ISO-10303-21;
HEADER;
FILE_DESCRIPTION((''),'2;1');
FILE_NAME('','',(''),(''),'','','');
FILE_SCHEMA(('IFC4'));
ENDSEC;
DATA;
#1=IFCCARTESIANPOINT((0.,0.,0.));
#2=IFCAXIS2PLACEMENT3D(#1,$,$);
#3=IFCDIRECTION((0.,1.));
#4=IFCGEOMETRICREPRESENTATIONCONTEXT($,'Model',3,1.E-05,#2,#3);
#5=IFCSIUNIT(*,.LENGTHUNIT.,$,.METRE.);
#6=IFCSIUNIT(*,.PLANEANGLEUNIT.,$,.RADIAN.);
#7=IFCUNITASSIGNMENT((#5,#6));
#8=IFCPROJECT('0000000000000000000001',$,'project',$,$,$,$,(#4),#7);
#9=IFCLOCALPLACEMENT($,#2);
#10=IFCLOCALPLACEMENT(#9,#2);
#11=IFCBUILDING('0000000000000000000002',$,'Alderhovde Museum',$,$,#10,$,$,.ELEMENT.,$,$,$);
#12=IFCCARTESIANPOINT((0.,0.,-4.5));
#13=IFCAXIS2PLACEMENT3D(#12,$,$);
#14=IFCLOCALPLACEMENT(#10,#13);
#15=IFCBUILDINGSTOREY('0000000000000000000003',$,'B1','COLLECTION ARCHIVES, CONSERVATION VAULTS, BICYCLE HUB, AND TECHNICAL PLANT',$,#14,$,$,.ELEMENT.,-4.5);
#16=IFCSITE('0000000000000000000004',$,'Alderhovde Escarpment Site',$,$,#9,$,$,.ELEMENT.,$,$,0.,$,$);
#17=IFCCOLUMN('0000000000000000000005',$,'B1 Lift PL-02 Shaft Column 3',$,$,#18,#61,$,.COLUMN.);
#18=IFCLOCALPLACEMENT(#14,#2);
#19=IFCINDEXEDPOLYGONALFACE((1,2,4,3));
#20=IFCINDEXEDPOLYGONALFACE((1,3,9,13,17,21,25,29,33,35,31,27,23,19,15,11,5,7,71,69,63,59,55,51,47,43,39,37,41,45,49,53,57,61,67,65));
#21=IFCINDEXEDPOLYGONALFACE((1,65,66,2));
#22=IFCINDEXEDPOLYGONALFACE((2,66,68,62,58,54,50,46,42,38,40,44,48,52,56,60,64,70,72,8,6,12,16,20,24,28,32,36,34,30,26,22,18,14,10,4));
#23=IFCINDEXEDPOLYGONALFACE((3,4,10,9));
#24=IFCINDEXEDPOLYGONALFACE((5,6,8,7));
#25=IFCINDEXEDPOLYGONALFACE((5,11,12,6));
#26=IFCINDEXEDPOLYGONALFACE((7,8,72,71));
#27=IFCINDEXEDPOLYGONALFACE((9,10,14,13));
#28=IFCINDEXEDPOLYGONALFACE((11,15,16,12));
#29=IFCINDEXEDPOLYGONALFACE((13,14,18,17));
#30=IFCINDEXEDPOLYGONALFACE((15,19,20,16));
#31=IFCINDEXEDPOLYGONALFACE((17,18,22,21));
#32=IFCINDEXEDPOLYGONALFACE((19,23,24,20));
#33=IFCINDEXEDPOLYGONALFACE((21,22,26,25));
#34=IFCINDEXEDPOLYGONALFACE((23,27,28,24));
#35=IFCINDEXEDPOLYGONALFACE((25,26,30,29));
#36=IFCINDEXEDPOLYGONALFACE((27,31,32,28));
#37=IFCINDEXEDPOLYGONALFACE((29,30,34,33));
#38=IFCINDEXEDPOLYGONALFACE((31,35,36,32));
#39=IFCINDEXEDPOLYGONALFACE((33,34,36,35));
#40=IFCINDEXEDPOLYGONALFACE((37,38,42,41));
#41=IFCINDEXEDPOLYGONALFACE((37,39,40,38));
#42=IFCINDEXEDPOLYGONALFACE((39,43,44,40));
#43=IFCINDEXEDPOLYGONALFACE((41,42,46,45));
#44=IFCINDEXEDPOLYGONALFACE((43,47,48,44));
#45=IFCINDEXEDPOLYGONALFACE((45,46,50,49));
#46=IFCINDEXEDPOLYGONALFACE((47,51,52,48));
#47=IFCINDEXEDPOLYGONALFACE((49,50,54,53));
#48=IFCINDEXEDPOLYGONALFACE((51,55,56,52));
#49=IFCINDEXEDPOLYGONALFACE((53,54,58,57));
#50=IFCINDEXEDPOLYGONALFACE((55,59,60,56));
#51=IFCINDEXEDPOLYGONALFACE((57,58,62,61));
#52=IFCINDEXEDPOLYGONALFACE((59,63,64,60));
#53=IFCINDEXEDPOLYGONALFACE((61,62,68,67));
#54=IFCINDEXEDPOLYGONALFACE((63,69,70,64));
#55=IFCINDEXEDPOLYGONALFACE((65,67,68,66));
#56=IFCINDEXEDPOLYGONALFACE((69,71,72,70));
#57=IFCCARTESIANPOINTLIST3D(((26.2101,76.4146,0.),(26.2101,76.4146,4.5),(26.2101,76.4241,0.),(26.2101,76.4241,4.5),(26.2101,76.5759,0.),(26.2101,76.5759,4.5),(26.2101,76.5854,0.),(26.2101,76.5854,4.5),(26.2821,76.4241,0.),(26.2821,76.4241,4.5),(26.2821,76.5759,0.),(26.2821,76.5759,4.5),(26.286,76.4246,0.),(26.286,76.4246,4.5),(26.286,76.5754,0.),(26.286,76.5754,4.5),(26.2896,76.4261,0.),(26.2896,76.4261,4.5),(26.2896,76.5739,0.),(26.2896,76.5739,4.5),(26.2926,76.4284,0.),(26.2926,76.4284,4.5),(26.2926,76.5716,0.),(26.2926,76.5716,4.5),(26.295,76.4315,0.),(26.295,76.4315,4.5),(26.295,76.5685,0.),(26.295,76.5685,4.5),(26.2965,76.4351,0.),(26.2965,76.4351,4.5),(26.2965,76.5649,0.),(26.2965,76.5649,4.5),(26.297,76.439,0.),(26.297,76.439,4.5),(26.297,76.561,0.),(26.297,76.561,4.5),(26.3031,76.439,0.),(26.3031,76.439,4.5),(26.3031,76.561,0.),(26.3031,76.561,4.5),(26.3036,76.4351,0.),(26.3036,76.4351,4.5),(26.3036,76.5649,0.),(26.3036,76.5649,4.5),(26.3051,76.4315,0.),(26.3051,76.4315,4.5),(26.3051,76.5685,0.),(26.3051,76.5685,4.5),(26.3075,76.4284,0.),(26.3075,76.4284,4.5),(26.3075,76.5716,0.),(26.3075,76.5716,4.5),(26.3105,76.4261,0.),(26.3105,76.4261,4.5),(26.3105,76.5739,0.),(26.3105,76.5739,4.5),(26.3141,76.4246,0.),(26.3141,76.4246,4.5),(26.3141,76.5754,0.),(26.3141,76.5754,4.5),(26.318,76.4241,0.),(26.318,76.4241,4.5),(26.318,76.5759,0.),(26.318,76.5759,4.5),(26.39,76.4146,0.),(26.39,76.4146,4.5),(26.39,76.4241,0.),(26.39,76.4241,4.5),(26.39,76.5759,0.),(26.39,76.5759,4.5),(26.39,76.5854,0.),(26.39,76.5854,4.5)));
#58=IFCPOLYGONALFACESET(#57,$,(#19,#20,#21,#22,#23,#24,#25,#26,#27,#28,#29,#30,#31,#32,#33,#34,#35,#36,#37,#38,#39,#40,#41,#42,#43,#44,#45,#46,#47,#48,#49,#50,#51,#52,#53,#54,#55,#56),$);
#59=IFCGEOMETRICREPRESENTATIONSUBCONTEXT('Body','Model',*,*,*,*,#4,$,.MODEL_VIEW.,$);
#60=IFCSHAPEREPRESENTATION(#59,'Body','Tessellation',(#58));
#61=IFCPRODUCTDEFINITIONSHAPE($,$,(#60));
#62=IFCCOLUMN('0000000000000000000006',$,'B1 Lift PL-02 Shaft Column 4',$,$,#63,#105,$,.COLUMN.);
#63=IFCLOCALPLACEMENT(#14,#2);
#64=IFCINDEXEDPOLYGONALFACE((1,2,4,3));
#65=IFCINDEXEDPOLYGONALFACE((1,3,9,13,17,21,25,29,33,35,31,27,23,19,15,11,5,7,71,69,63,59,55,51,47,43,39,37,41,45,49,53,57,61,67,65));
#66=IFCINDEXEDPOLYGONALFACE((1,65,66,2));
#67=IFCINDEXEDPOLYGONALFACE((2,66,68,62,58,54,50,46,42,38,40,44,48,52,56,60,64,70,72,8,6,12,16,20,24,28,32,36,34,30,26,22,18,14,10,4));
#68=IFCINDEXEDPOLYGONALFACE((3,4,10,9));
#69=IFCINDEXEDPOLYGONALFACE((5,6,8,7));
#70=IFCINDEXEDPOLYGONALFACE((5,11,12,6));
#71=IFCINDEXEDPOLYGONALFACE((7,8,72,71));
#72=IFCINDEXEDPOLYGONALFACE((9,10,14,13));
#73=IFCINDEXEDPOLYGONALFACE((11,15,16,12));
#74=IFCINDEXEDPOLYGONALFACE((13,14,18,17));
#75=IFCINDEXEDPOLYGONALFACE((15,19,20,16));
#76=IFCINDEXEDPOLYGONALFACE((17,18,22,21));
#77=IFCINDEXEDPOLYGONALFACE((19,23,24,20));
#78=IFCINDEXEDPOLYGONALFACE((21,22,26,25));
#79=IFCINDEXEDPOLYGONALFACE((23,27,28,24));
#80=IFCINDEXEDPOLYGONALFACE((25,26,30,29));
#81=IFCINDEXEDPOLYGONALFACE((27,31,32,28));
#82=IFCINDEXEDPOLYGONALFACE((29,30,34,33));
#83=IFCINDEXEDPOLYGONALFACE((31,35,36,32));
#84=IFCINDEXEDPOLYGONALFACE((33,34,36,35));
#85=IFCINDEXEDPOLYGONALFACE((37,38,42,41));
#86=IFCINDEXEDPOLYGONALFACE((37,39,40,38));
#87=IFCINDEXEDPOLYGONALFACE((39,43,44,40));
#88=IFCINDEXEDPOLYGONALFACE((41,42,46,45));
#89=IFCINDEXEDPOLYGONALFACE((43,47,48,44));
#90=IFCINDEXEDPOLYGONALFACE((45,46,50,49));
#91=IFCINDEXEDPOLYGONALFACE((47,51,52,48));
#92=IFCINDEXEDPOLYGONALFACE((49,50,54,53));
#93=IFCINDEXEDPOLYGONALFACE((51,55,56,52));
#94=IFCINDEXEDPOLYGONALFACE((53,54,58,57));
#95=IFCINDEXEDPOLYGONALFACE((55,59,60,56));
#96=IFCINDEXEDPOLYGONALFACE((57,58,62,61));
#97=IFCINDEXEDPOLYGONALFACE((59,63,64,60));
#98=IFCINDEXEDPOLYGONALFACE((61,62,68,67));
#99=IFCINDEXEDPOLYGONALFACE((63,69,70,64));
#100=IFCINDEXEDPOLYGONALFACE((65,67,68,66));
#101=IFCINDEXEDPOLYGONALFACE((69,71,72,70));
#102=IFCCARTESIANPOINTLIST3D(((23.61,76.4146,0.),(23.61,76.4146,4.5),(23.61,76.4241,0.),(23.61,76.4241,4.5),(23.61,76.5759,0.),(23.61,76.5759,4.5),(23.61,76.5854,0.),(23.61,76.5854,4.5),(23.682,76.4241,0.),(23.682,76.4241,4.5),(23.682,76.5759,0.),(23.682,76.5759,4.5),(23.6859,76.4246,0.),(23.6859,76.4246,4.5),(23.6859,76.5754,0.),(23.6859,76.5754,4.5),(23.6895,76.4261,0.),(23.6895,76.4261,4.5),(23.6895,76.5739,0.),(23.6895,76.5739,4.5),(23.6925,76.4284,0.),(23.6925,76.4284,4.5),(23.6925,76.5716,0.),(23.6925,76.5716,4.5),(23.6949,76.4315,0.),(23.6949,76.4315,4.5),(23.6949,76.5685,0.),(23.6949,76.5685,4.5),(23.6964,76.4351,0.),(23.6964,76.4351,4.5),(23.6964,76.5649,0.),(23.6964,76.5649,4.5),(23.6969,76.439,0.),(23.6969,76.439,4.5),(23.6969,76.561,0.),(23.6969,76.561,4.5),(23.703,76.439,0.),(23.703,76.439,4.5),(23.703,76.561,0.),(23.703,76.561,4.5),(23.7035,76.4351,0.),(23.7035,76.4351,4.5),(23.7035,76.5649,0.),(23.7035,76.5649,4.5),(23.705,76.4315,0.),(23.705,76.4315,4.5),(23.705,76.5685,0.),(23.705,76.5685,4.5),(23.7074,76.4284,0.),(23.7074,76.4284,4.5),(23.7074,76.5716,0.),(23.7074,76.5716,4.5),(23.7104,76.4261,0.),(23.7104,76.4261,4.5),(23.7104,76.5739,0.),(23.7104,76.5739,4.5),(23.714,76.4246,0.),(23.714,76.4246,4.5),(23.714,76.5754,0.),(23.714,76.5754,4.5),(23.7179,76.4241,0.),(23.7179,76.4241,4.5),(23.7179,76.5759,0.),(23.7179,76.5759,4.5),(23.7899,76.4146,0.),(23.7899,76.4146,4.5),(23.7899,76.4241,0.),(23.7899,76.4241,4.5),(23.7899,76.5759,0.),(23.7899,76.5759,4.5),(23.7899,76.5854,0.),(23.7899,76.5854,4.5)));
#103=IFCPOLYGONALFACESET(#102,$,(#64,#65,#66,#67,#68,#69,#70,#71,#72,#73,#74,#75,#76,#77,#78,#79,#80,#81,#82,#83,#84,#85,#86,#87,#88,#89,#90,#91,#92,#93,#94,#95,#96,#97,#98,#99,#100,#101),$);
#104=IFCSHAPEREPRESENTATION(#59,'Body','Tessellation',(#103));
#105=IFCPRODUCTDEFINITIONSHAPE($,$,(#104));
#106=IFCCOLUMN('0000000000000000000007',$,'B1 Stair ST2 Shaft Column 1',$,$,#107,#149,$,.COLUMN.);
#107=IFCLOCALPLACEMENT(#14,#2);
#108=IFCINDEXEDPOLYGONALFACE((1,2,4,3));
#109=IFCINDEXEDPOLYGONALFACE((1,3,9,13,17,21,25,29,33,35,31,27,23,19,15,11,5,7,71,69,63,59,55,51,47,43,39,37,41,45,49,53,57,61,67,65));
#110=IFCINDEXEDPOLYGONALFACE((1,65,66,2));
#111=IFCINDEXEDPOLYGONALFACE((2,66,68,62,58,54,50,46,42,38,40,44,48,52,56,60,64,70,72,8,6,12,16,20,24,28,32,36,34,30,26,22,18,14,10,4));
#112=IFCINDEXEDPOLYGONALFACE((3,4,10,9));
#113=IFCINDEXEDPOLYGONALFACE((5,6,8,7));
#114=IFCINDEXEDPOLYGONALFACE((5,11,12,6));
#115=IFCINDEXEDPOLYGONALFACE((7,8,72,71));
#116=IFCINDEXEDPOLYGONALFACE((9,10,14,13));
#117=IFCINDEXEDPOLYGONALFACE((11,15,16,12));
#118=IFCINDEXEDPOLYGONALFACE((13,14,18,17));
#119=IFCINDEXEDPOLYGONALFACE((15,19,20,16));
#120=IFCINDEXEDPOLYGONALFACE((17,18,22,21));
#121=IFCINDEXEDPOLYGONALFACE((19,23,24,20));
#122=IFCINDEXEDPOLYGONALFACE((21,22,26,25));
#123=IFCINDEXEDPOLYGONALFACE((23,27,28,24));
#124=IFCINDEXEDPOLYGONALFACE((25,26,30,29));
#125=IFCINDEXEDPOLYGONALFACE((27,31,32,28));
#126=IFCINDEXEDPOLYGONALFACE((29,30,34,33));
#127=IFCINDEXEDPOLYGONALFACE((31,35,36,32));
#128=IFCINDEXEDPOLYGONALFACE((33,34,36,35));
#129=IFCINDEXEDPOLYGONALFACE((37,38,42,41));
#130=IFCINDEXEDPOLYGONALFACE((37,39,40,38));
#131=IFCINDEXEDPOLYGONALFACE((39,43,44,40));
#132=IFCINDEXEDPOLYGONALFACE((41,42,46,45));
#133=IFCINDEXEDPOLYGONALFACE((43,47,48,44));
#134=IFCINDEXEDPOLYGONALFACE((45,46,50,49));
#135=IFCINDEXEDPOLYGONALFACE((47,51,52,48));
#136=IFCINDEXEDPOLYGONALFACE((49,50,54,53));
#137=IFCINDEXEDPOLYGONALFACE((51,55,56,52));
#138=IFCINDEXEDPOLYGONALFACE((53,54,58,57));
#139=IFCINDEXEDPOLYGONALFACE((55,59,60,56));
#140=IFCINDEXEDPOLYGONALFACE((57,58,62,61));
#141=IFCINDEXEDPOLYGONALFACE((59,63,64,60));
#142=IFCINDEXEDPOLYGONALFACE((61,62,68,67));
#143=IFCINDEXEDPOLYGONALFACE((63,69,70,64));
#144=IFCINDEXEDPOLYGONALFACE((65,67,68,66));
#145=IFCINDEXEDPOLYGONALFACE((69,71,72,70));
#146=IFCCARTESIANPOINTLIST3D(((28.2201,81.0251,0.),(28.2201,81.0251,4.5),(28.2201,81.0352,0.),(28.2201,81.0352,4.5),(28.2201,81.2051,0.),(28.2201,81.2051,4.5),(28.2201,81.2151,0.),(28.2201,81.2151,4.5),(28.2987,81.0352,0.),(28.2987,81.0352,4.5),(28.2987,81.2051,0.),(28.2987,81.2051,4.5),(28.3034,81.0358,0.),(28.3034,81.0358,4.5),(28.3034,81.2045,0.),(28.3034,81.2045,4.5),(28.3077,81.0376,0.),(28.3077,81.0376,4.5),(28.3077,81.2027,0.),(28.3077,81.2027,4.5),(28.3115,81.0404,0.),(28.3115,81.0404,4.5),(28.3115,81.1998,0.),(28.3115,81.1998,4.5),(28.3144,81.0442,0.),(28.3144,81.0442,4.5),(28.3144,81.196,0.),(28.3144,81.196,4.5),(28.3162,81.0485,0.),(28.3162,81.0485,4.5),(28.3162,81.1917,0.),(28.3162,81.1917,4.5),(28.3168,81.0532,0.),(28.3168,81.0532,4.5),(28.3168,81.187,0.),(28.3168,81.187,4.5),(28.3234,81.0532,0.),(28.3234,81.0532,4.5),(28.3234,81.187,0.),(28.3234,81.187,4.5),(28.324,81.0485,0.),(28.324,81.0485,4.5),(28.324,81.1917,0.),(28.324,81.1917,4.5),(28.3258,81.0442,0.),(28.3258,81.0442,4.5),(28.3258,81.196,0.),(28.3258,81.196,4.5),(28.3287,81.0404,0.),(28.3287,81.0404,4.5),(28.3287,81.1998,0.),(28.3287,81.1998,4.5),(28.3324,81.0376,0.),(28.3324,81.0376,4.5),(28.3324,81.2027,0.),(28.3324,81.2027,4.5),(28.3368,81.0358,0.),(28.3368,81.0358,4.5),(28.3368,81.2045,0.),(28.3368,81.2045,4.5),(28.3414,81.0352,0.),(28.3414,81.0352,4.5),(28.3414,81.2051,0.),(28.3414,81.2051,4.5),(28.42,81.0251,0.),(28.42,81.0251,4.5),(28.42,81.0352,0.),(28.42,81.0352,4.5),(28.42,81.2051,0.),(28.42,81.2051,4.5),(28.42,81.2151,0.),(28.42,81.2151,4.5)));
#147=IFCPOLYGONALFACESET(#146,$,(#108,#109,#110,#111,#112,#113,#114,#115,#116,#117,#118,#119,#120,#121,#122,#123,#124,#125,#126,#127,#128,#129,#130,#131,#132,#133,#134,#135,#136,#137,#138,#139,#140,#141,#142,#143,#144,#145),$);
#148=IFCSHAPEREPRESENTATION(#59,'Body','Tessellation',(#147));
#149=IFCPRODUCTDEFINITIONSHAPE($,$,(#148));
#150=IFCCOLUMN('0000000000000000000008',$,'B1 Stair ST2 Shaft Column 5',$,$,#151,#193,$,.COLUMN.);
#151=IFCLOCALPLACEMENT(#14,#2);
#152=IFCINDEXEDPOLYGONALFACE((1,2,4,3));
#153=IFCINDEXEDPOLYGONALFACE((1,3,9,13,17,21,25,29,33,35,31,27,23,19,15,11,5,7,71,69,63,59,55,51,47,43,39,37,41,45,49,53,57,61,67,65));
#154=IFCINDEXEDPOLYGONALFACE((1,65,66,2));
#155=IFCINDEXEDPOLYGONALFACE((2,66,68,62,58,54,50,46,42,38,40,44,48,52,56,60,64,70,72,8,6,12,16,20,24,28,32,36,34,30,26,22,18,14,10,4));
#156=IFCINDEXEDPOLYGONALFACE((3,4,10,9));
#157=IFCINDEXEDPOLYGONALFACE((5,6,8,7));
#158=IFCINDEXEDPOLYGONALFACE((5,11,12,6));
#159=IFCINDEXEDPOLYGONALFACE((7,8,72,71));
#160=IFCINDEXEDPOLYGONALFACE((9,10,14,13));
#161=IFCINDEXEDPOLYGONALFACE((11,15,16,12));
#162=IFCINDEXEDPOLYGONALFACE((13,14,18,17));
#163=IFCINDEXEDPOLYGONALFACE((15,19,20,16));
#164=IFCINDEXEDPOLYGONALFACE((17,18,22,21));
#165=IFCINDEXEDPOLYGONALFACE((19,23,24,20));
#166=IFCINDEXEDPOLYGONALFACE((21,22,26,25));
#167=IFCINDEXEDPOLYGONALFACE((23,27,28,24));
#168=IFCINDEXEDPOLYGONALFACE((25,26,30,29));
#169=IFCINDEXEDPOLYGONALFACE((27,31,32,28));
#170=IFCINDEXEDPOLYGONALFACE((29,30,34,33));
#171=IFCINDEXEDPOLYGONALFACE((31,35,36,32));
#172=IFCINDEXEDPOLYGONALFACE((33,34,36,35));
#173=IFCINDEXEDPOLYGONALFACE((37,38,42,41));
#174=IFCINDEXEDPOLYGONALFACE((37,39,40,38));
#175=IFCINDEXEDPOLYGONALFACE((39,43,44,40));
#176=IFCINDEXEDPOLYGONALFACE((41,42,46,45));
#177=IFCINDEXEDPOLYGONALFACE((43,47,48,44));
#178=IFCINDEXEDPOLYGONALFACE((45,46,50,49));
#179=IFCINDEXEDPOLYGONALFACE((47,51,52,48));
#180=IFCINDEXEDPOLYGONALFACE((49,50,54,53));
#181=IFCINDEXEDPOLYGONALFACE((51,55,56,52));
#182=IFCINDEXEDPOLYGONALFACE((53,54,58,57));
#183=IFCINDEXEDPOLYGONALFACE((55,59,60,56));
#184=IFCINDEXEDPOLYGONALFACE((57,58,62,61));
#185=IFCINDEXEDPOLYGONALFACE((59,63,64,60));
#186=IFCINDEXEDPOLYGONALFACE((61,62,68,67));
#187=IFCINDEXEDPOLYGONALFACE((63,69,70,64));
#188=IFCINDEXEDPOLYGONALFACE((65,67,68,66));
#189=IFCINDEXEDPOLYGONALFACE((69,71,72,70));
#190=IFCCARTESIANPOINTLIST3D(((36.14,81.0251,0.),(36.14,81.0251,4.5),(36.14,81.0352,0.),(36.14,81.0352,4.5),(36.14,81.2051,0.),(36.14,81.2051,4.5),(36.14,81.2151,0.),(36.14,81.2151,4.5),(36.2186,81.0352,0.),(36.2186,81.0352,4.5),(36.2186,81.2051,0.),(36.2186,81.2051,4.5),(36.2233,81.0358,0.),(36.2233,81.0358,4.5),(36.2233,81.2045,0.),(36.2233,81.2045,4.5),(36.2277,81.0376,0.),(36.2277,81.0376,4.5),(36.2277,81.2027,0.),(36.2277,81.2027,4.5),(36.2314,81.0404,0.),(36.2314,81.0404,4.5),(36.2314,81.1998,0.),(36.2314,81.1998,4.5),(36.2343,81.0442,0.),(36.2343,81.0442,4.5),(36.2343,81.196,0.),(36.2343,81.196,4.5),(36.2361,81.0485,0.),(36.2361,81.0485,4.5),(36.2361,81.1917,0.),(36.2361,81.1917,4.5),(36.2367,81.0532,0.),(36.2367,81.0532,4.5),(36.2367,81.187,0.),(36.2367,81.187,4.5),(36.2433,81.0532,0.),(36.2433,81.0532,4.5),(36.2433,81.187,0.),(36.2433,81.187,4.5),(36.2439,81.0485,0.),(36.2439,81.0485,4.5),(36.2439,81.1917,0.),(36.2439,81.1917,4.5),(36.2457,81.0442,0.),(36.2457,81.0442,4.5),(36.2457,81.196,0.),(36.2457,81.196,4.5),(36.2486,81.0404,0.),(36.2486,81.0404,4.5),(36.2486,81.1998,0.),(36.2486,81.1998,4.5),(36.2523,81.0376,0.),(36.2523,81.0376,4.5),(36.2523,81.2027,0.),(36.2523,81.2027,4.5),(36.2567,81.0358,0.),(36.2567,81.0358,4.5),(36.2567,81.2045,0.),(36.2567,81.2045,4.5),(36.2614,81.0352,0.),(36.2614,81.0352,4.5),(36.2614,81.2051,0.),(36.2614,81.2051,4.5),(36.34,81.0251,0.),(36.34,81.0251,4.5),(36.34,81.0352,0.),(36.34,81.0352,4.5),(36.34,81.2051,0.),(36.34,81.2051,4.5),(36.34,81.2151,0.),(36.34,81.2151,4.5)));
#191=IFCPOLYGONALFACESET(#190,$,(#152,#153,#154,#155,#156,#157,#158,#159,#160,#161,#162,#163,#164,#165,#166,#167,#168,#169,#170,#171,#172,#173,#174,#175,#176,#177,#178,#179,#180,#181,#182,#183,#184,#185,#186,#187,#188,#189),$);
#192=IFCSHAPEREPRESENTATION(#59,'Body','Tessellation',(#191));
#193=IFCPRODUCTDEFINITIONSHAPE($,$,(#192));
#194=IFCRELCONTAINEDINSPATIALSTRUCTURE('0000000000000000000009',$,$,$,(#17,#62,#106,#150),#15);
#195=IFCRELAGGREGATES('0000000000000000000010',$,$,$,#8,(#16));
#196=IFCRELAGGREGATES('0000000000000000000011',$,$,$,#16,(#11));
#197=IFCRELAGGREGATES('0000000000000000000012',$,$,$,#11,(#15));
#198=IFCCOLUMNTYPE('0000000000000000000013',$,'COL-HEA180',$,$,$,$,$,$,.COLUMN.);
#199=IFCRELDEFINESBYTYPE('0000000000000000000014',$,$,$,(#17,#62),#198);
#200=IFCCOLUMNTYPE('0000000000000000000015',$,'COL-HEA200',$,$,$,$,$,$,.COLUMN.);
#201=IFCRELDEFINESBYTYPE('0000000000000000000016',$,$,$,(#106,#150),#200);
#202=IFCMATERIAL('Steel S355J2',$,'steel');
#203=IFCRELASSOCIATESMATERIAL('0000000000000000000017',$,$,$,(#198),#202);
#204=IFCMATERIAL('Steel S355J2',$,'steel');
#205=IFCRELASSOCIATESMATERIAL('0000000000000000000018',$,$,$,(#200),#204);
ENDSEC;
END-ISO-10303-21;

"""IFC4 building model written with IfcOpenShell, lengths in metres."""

from ifc_helpers import new_model, si_unit, direction, frame, origin, origin_2d, place, context, subcontext, project, spatial, i_section, extrude, material, material_profile, profile_set, type_object, element, save


model = new_model("IFC4")

# Units and contexts
model_context = context("Model", 3, precision=1e-05, world=origin(), true_north=direction((0.0, 1.0)))
body_context = subcontext(model_context, "Body", "Model", "MODEL_VIEW")
ifc_project = project(units=[si_unit("LENGTHUNIT", "METRE"), si_unit("PLANEANGLEUNIT", "RADIAN")], contexts=[model_context])

# Site, building, storey
site_placement = place(None, origin())
site = spatial("IfcSite", under=ifc_project, at=site_placement, Name="Alderhovde Escarpment Site", CompositionType="ELEMENT", RefElevation=0.0)
building_placement = place(site_placement, origin())
building = spatial("IfcBuilding", under=site, at=building_placement, Name="Alderhovde Museum", CompositionType="ELEMENT")
storey_placement = place(building_placement, frame((0.0, 0.0, -4.5)))
storey = spatial("IfcBuildingStorey", under=building, at=storey_placement, Name="B1", Description="COLLECTION ARCHIVES, CONSERVATION VAULTS, BICYCLE HUB, AND TECHNICAL PLANT", CompositionType="ELEMENT", Elevation=-4.5)

# Columns
ifc_material_1 = material(Name="Steel S355J2", Category="steel")
ifc_material_profile_1 = material_profile(ifc_material_1, i_section(OverallWidth=0.1799, OverallDepth=0.1709, WebThickness=0.0061, FlangeThickness=0.0095, FilletRadius=0.0149, at=origin_2d()), Name="HEA 180")
ifc_profile_set_1 = profile_set([ifc_material_profile_1], Name="Steel S355J2")
column_type_1 = type_object("IfcColumnType", Name="COL-HEA180", PredefinedType="COLUMN", material=ifc_profile_set_1)
for number, where, z_axis, x_axis, name in (
    (1, (26.3, 76.5, 0.0), (0.0, 0.0, 1.0), (1.0, 0.0, 0.0), "B1 Lift PL-02 Shaft Column 3"),
    (2, (23.7, 76.5, 0.0), (0.0, 0.0, 1.0), (1.0, 0.0, 0.0), "B1 Lift PL-02 Shaft Column 4"),
):
    element("IfcColumn", number, at=place(storey_placement, frame(where, z_axis=z_axis, x_axis=x_axis)), inside=storey, type_object=column_type_1, Name=name, PredefinedType="COLUMN", context=body_context, shape_type="SweptSolid", body=[
        extrude(i_section(OverallWidth=0.1799, OverallDepth=0.1709, WebThickness=0.0061, FlangeThickness=0.0095, FilletRadius=0.0149, at=origin_2d()), origin(), (0.0, 0.0, 1.0), 4.5),
    ])
ifc_material_2 = material(Name="Steel S355J2", Category="steel")
ifc_material_profile_2 = material_profile(ifc_material_2, i_section(OverallWidth=0.2, OverallDepth=0.1899, WebThickness=0.0066, FlangeThickness=0.01, FilletRadius=0.0181, at=origin_2d()), Name="HEA 200")
ifc_profile_set_2 = profile_set([ifc_material_profile_2], Name="Steel S355J2")
column_type_2 = type_object("IfcColumnType", Name="COL-HEA200", PredefinedType="COLUMN", material=ifc_profile_set_2)
for number, where, z_axis, x_axis, name in (
    (3, (28.3201, 81.1201, 0.0), (0.0, 0.0, 1.0), (1.0, 0.0, 0.0), "B1 Stair ST2 Shaft Column 1"),
    (4, (36.24, 81.1201, 0.0), (0.0, 0.0, 1.0), (1.0, 0.0, 0.0), "B1 Stair ST2 Shaft Column 5"),
):
    element("IfcColumn", number, at=place(storey_placement, frame(where, z_axis=z_axis, x_axis=x_axis)), inside=storey, type_object=column_type_2, Name=name, PredefinedType="COLUMN", context=body_context, shape_type="SweptSolid", body=[
        extrude(i_section(OverallWidth=0.2, OverallDepth=0.1899, WebThickness=0.0066, FlangeThickness=0.01, FilletRadius=0.0181, at=origin_2d()), origin(), (0.0, 0.0, 1.0), 4.5),
    ])

save(model, "model.ifc")
